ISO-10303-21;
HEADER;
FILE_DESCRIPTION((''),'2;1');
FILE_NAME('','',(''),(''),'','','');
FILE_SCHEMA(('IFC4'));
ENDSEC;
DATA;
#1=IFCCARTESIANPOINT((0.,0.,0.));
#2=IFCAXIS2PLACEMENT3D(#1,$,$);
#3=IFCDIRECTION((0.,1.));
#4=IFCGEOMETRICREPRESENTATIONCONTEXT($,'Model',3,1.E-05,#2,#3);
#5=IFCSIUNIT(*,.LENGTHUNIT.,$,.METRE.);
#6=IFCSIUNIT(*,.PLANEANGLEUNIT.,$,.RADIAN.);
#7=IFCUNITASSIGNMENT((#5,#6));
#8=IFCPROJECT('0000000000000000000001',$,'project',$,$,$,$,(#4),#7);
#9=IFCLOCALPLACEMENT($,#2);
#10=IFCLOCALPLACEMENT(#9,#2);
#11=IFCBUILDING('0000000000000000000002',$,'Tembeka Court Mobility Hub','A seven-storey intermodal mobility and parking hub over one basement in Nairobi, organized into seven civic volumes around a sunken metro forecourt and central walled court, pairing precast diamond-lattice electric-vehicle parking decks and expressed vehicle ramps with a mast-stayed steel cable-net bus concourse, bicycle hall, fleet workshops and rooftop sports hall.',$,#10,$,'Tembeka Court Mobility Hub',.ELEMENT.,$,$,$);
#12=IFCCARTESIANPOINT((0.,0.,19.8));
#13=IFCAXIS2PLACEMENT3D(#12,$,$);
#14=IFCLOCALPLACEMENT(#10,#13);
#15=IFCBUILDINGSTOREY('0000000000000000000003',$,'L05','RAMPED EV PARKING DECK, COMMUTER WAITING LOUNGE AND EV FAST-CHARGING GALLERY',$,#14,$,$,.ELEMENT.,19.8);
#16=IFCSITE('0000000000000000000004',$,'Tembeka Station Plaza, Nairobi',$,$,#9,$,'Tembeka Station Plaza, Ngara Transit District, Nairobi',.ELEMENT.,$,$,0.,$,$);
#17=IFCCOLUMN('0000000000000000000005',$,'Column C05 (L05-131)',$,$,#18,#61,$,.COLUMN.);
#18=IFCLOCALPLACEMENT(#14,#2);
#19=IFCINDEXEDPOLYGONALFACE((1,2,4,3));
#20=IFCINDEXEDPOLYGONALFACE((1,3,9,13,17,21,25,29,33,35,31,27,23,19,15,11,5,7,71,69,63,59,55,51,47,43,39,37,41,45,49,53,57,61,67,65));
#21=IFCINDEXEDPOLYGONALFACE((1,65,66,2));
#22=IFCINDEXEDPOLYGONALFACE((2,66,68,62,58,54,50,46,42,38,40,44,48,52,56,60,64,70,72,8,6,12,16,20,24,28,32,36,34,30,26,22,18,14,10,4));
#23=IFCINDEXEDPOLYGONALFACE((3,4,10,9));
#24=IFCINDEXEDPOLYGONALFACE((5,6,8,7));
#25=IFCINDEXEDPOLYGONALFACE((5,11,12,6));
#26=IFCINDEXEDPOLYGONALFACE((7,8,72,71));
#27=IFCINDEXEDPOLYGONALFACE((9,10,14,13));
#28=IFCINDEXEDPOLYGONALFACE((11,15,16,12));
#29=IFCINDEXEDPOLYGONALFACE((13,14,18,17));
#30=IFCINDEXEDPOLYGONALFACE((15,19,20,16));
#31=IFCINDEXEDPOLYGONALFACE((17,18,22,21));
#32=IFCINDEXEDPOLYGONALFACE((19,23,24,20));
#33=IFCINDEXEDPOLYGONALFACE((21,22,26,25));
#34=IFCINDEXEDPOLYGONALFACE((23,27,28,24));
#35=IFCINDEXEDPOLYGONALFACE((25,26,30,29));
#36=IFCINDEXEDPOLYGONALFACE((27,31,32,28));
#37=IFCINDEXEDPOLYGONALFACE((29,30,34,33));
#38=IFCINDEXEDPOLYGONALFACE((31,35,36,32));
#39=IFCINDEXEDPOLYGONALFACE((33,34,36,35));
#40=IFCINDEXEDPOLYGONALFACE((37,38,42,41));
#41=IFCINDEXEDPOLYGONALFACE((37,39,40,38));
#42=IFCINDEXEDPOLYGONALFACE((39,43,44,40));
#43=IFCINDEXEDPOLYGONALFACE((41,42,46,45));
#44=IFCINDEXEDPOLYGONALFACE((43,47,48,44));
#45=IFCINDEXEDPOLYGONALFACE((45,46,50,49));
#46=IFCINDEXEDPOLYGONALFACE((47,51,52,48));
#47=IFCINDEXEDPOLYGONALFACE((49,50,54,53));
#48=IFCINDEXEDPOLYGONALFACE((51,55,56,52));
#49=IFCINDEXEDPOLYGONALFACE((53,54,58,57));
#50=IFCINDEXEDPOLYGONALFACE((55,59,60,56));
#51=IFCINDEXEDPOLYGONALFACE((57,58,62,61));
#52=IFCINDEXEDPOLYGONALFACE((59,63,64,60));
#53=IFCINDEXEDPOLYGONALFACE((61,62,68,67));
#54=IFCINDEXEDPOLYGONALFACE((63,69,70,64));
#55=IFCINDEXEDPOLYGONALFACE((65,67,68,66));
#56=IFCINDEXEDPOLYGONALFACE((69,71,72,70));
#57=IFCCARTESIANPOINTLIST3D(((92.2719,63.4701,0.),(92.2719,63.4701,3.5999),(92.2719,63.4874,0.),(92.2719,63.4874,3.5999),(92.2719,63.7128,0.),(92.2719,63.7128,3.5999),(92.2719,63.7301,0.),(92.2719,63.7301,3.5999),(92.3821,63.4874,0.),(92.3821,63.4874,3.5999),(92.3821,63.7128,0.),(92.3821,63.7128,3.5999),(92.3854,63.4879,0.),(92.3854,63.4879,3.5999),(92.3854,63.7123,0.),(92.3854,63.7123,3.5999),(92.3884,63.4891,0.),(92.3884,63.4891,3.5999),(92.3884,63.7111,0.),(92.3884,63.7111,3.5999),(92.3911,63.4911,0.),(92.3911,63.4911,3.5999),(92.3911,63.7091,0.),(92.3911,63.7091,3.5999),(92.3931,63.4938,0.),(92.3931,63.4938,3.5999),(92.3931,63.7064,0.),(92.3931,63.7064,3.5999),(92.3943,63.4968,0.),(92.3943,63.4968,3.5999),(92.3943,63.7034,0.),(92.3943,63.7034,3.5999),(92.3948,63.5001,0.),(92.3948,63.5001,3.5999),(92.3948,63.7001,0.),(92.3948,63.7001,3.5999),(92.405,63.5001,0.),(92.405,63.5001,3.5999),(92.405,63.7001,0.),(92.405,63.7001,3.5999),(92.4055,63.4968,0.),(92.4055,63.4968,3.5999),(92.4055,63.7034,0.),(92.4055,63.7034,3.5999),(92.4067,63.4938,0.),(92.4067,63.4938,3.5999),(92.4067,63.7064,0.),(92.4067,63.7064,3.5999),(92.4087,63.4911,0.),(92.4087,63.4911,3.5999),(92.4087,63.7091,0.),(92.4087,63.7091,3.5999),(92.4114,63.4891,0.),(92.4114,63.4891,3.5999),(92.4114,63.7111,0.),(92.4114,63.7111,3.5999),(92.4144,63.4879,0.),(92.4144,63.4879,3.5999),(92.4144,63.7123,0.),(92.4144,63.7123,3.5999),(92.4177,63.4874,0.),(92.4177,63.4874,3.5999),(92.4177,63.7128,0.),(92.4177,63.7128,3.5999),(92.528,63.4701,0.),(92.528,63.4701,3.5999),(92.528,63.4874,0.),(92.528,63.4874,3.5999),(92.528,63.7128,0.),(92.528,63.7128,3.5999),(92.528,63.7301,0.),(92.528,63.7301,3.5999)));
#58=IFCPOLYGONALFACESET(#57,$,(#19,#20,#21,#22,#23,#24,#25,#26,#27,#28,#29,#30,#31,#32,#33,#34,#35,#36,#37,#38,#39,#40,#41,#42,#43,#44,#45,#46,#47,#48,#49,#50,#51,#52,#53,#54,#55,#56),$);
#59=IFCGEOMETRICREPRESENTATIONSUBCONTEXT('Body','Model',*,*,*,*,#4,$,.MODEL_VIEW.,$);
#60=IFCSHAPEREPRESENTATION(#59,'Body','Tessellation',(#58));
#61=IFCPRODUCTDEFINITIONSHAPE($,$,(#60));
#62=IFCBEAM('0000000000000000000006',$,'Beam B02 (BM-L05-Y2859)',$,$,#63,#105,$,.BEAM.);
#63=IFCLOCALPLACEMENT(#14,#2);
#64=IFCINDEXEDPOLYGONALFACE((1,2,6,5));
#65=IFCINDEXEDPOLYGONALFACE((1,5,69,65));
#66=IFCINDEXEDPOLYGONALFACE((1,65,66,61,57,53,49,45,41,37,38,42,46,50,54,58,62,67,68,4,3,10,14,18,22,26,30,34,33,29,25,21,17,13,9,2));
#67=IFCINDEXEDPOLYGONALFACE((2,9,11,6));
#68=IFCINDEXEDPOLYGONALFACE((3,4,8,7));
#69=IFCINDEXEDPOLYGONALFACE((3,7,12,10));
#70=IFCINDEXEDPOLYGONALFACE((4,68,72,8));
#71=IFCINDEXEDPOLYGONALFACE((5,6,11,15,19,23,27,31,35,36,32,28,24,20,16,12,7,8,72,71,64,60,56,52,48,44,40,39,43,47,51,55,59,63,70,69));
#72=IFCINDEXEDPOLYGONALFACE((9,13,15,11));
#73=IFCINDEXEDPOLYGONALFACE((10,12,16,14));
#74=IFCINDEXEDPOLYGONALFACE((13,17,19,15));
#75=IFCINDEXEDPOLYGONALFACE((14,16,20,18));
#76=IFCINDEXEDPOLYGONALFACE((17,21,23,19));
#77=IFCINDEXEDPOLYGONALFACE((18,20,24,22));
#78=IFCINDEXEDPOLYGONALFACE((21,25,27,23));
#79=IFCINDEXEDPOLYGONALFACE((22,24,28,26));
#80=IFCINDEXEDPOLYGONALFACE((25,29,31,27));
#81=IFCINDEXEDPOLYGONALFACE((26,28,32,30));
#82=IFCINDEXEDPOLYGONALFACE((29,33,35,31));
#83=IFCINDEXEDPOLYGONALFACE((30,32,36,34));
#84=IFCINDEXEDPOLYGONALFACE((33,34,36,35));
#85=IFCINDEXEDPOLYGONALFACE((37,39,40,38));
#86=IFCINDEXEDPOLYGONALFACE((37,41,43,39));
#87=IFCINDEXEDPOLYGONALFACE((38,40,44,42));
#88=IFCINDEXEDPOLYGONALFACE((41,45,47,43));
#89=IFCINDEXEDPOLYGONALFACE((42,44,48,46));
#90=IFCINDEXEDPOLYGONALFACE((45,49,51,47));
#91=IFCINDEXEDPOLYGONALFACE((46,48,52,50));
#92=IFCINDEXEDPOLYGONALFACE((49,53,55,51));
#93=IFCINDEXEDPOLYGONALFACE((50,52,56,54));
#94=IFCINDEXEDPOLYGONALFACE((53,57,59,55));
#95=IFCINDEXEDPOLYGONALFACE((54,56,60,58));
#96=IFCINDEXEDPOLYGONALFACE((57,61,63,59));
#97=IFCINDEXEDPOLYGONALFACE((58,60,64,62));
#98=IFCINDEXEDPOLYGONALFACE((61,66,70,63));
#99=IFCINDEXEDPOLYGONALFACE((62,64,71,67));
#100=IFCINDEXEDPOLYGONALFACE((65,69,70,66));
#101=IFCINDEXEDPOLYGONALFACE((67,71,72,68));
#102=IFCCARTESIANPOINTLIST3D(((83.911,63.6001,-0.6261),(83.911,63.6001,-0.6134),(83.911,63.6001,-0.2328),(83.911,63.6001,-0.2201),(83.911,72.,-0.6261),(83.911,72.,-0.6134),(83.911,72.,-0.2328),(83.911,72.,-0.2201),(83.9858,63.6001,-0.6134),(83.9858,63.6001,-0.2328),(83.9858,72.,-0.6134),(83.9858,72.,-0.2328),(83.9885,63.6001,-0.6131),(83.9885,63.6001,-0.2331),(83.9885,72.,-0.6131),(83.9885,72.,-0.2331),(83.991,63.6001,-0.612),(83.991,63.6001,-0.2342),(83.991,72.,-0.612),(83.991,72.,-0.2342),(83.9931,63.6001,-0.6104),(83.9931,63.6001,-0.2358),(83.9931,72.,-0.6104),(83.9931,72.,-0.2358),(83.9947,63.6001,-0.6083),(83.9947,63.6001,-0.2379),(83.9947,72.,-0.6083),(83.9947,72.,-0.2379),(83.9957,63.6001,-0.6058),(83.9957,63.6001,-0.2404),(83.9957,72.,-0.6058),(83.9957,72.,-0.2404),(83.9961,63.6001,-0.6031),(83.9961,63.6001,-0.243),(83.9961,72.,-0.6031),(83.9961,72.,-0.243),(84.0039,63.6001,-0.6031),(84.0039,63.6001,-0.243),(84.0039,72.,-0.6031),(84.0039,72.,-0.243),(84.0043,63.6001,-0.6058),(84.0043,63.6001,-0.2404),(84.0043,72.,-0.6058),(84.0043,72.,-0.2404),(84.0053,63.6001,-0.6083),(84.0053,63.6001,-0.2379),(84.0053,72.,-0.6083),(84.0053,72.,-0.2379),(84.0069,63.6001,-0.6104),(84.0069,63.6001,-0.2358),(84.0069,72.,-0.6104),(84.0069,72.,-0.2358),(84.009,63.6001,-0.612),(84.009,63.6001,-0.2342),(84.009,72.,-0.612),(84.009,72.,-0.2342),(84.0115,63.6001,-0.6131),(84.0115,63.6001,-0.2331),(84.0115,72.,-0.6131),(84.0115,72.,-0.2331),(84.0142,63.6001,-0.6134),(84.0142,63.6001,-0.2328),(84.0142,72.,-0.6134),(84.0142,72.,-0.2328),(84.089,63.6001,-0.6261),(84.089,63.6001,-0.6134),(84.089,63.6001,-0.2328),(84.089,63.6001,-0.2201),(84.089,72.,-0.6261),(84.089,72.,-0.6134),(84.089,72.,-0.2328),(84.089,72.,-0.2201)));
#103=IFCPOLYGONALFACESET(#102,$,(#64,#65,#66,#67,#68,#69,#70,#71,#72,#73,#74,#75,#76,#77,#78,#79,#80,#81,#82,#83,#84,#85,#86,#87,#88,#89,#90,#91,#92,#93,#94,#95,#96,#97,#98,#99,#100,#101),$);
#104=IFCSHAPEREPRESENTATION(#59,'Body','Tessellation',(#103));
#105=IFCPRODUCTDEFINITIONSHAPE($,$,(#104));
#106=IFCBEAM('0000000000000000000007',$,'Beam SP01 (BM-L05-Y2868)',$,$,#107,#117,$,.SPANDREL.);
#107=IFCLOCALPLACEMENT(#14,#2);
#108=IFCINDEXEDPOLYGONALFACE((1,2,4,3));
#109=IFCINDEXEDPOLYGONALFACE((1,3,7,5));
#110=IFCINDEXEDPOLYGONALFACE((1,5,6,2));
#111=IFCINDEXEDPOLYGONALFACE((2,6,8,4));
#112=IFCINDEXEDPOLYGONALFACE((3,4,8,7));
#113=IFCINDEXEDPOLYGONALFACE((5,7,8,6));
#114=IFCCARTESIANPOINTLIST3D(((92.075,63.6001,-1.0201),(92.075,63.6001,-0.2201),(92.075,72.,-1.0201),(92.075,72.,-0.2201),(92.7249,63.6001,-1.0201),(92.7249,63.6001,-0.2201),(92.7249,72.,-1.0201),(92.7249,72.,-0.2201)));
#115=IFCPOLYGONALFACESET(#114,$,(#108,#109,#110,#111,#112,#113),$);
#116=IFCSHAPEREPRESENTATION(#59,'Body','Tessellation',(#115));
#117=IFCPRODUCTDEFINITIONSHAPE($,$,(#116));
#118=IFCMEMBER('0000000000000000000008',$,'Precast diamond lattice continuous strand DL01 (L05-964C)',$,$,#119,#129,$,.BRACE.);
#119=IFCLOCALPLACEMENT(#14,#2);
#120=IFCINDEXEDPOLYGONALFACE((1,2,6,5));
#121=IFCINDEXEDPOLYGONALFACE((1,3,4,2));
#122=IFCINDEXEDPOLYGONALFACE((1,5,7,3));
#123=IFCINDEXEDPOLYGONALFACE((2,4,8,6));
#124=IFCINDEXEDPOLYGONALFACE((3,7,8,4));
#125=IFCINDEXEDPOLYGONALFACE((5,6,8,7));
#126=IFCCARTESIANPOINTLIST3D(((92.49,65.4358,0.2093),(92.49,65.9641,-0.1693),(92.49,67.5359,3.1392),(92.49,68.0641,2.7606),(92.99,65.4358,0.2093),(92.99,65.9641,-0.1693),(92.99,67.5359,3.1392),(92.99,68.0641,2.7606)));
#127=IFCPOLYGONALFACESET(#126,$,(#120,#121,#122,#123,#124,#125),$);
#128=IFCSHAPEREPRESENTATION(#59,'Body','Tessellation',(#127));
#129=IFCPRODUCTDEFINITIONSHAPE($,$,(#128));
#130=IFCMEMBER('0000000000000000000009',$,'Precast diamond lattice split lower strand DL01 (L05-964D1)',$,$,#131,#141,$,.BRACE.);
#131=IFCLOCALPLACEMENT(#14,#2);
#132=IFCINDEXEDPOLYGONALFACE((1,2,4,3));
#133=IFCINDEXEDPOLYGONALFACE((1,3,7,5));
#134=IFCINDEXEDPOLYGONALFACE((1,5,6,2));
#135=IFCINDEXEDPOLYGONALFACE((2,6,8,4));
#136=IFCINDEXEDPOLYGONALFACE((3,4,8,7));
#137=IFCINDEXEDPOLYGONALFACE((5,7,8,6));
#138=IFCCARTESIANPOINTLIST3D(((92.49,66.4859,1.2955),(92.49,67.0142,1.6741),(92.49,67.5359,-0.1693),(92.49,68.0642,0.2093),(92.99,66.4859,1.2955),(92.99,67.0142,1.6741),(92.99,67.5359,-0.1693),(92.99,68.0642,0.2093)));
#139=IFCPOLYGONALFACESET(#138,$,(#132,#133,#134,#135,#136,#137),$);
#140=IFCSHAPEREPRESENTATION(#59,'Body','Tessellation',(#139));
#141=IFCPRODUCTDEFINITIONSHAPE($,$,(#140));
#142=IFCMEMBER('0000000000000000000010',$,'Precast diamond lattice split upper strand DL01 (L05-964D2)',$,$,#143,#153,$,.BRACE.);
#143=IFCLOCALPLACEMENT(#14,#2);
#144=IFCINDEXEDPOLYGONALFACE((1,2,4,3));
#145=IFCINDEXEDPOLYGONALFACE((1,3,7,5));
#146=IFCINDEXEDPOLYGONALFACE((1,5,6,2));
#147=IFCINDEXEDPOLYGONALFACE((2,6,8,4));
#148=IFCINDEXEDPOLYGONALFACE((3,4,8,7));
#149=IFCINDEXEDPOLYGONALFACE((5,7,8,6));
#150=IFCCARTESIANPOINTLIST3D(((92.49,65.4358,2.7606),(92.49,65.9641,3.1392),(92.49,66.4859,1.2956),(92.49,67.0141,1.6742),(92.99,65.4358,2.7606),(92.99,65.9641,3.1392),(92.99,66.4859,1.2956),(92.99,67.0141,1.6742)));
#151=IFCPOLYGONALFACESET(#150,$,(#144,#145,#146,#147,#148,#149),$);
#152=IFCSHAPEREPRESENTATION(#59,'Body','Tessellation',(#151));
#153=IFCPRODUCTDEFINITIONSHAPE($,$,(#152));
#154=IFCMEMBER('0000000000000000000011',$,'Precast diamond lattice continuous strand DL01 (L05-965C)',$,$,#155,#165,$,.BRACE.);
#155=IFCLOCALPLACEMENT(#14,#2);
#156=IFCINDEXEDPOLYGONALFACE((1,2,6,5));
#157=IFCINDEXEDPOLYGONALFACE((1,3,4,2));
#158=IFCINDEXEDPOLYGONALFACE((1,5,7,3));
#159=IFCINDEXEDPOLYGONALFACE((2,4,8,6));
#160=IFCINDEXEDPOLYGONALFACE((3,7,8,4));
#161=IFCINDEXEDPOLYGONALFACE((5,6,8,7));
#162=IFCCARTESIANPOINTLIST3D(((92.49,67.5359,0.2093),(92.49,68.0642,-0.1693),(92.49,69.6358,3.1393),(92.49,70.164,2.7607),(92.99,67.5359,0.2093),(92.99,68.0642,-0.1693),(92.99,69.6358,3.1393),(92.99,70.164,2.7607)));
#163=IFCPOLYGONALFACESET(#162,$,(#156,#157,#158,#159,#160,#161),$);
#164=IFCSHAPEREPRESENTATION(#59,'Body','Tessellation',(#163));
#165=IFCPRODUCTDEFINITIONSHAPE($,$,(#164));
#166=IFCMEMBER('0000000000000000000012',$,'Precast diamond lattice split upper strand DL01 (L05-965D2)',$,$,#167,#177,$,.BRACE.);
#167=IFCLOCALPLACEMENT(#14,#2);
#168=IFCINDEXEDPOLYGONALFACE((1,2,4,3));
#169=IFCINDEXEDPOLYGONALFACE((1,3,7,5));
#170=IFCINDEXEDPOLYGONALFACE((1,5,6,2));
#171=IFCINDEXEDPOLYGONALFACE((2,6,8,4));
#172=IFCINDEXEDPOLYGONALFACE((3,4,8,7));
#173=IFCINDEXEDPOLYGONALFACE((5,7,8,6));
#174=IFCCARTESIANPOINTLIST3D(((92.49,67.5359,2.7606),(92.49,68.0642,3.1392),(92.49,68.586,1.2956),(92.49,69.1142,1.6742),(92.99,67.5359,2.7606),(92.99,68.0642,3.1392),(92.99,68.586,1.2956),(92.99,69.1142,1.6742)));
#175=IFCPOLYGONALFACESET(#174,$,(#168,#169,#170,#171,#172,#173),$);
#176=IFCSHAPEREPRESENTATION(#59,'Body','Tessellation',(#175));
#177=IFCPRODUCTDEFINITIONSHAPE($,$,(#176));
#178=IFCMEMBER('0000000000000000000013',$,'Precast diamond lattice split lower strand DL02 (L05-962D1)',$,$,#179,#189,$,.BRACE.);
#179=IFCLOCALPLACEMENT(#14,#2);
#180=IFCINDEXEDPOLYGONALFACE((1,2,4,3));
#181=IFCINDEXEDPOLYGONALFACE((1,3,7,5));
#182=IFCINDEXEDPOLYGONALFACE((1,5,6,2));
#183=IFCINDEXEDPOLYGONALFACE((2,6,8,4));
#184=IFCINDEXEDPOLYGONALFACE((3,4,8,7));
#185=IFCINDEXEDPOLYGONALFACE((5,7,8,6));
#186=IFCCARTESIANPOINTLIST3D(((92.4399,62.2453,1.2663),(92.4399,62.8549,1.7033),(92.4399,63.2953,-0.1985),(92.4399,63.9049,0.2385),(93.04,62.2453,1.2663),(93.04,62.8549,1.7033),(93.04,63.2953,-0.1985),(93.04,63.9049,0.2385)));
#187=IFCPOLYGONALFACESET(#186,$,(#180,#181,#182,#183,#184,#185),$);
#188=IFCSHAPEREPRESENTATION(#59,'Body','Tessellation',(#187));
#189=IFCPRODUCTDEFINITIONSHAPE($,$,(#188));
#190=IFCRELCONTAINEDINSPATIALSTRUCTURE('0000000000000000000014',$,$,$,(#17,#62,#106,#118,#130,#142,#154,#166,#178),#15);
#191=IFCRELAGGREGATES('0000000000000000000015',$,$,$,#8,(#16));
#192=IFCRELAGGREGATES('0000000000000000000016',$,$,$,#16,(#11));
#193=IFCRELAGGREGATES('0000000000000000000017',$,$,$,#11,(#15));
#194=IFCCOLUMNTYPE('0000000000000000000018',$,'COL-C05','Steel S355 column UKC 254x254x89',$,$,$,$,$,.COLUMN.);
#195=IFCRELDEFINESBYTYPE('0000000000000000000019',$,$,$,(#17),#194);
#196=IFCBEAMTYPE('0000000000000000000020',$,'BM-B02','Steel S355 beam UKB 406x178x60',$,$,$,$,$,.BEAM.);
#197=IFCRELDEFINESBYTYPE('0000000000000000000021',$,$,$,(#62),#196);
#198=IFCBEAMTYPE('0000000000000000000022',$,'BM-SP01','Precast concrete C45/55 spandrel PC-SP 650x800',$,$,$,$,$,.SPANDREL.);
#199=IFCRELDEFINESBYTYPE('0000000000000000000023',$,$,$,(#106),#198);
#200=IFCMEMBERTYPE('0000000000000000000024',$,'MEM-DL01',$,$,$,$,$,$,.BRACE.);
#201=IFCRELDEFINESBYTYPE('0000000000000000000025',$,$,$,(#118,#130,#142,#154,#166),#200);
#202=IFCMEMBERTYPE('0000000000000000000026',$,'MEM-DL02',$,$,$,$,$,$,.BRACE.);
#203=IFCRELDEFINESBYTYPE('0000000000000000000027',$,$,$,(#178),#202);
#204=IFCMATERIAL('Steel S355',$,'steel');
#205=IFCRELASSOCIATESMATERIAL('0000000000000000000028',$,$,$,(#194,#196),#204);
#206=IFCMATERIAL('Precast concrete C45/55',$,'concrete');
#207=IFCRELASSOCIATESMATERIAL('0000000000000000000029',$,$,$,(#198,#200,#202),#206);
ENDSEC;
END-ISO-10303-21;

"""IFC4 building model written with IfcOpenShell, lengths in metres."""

from ifc_helpers import new_model, si_unit, direction, frame, origin, origin_2d, place, context, subcontext, project, spatial, rectangle, i_section, extrude, material, material_profile, profile_set, type_object, element, save


model = new_model("IFC4")

# Units and contexts
model_context = context("Model", 3, precision=1e-05, world=origin(), true_north=direction((0.0, 1.0)))
body_context = subcontext(model_context, "Body", "Model", "MODEL_VIEW")
ifc_project = project(units=[si_unit("LENGTHUNIT", "METRE"), si_unit("PLANEANGLEUNIT", "RADIAN")], contexts=[model_context])

# Site, building, storey
site_placement = place(None, origin())
site = spatial("IfcSite", under=ifc_project, at=site_placement, Name="Tembeka Station Plaza, Nairobi", LongName="Tembeka Station Plaza, Ngara Transit District, Nairobi", CompositionType="ELEMENT", RefElevation=0.0)
building_placement = place(site_placement, origin())
building = spatial("IfcBuilding", under=site, at=building_placement, Name="Tembeka Court Mobility Hub", Description="A seven-storey intermodal mobility and parking hub over one basement in Nairobi, organized into seven civic volumes around a sunken metro forecourt and central walled court, pairing precast diamond-lattice electric-vehicle parking decks and expressed vehicle ramps with a mast-stayed steel cable-net bus concourse, bicycle hall, fleet workshops and rooftop sports hall.", LongName="Tembeka Court Mobility Hub", CompositionType="ELEMENT")
storey_placement = place(building_placement, frame((0.0, 0.0, 19.8)))
storey = spatial("IfcBuildingStorey", under=building, at=storey_placement, Name="L05", Description="RAMPED EV PARKING DECK, COMMUTER WAITING LOUNGE AND EV FAST-CHARGING GALLERY", CompositionType="ELEMENT", Elevation=19.8)

# Column
ifc_material_1 = material(Name="Steel S355", Category="steel")
ifc_material_profile_1 = material_profile(ifc_material_1, i_section(OverallWidth=0.2561, OverallDepth=0.26, WebThickness=0.0103, FlangeThickness=0.0173, FilletRadius=0.0127, at=origin_2d()), Name="UKC 254x254x89")
ifc_profile_set_1 = profile_set([ifc_material_profile_1], Name="Steel S355")
column_type = type_object("IfcColumnType", Name="COL-C05", Description="Steel S355 column UKC 254x254x89", PredefinedType="COLUMN", material=ifc_profile_set_1)
column_placement = place(storey_placement, frame((92.3999, 63.6001, 0.0), z_axis=(0.0, 0.0, 1.0), x_axis=(1.0, 0.0, 0.0)))
element("IfcColumn", 1, at=column_placement, inside=storey, type_object=column_type, Name="Column C05 (L05-131)", PredefinedType="COLUMN", context=body_context, shape_type="SweptSolid", body=[
    extrude(i_section(OverallWidth=0.2561, OverallDepth=0.26, WebThickness=0.0103, FlangeThickness=0.0173, FilletRadius=0.0127, at=origin_2d()), origin(), (0.0, 0.0, 1.0), 3.5999),
])

# Beams
ifc_material_profile_2 = material_profile(ifc_material_1, i_section(OverallWidth=0.178, OverallDepth=0.406, WebThickness=0.0078, FlangeThickness=0.0127, FilletRadius=0.0103, at=origin_2d()), Name="UKB 406x178x60")
ifc_profile_set_2 = profile_set([ifc_material_profile_2], Name="Steel S355")
beam_type_1 = type_object("IfcBeamType", Name="BM-B02", Description="Steel S355 beam UKB 406x178x60", PredefinedType="BEAM", material=ifc_profile_set_2)
beam_1_placement = place(storey_placement, frame((84.0, 63.6001, -0.4231), z_axis=(0.0, 1.0, 0.0), x_axis=(-1.0, 0.0, 0.0)))
element("IfcBeam", 2, at=beam_1_placement, inside=storey, type_object=beam_type_1, Name="Beam B02 (BM-L05-Y2859)", PredefinedType="BEAM", context=body_context, shape_type="SweptSolid", body=[
    extrude(i_section(OverallWidth=0.178, OverallDepth=0.406, WebThickness=0.0078, FlangeThickness=0.0127, FilletRadius=0.0103, at=origin_2d()), origin(), (0.0, 0.0, 1.0), 8.3999),
])
ifc_material_2 = material(Name="Precast concrete C45/55", Category="concrete")
ifc_material_profile_3 = material_profile(ifc_material_2, rectangle(XDim=0.6499, YDim=0.8, at=origin_2d()), Name="PC-SP 650x800")
ifc_profile_set_3 = profile_set([ifc_material_profile_3], Name="Precast concrete C45/55")
beam_type_2 = type_object("IfcBeamType", Name="BM-SP01", Description="Precast concrete C45/55 spandrel PC-SP 650x800", PredefinedType="SPANDREL", material=ifc_profile_set_3)
beam_2_placement = place(storey_placement, frame((92.3999, 63.6001, -0.6201), z_axis=(0.0, 1.0, 0.0), x_axis=(-1.0, 0.0, 0.0)))
element("IfcBeam", 3, at=beam_2_placement, inside=storey, type_object=beam_type_2, Name="Beam SP01 (BM-L05-Y2868)", PredefinedType="SPANDREL", context=body_context, shape_type="SweptSolid", body=[
    extrude(rectangle(XDim=0.6499, YDim=0.8, at=origin_2d()), origin(), (0.0, 0.0, 1.0), 8.3999),
])

# Members
ifc_material_profile_4 = material_profile(ifc_material_2, rectangle(XDim=0.5, YDim=0.6499, at=origin_2d()), Name="PC-DIAG 500x650")
ifc_profile_set_4 = profile_set([ifc_material_profile_4], Name="Precast concrete C45/55")
member_type_1 = type_object("IfcMemberType", Name="MEM-DL01", PredefinedType="BRACE", material=ifc_profile_set_4)
member_1_placement = place(storey_placement, frame((92.74, 65.7, 0.02), z_axis=(0.0, 0.582576, 0.812776), x_axis=(-1.0, 0.0, 0.0)))
element("IfcMember", 4, at=member_1_placement, inside=storey, type_object=member_type_1, Name="Precast diamond lattice continuous strand DL01 (L05-964C)", PredefinedType="BRACE", context=body_context, shape_type="SweptSolid", body=[
    extrude(rectangle(XDim=0.5, YDim=0.6499, at=origin_2d()), origin(), (0.0, 0.0, 1.0), 3.6047),
])
member_2_placement = place(storey_placement, frame((92.74, 67.8, 0.02), z_axis=(0.0, -0.582608, 0.812753), x_axis=(1.0, 0.0, 0.0)))
element("IfcMember", 5, at=member_2_placement, inside=storey, type_object=member_type_1, Name="Precast diamond lattice split lower strand DL01 (L05-964D1)", PredefinedType="BRACE", context=body_context, shape_type="SweptSolid", body=[
    extrude(rectangle(XDim=0.5, YDim=0.6499, at=origin_2d()), origin(), (0.0, 0.0, 1.0), 1.8022),
])
member_3_placement = place(storey_placement, frame((92.74, 66.75, 1.4849), z_axis=(0.0, -0.582544, 0.812799), x_axis=(1.0, 0.0, 0.0)))
element("IfcMember", 6, at=member_3_placement, inside=storey, type_object=member_type_1, Name="Precast diamond lattice split upper strand DL01 (L05-964D2)", PredefinedType="BRACE", context=body_context, shape_type="SweptSolid", body=[
    extrude(rectangle(XDim=0.5, YDim=0.6499, at=origin_2d()), origin(), (0.0, 0.0, 1.0), 1.8025),
])
member_4_placement = place(storey_placement, frame((92.74, 67.8, 0.02), z_axis=(0.0, 0.582532, 0.812808), x_axis=(-1.0, 0.0, 0.0)))
element("IfcMember", 7, at=member_4_placement, inside=storey, type_object=member_type_1, Name="Precast diamond lattice continuous strand DL01 (L05-965C)", PredefinedType="BRACE", context=body_context, shape_type="SweptSolid", body=[
    extrude(rectangle(XDim=0.5, YDim=0.6499, at=origin_2d()), origin(), (0.0, 0.0, 1.0), 3.6047),
])
member_5_placement = place(storey_placement, frame((92.74, 68.8501, 1.4849), z_axis=(0.0, -0.582544, 0.812799), x_axis=(1.0, 0.0, 0.0)))
element("IfcMember", 8, at=member_5_placement, inside=storey, type_object=member_type_1, Name="Precast diamond lattice split upper strand DL01 (L05-965D2)", PredefinedType="BRACE", context=body_context, shape_type="SweptSolid", body=[
    extrude(rectangle(XDim=0.5, YDim=0.6499, at=origin_2d()), origin(), (0.0, 0.0, 1.0), 1.8025),
])
ifc_material_profile_5 = material_profile(ifc_material_2, rectangle(XDim=0.6001, YDim=0.75, at=origin_2d()), Name="PC-DIAG 600x750")
ifc_profile_set_5 = profile_set([ifc_material_profile_5], Name="Precast concrete C45/55")
member_type_2 = type_object("IfcMemberType", Name="MEM-DL02", PredefinedType="BRACE", material=ifc_profile_set_5)
member_6_placement = place(storey_placement, frame((92.74, 63.6001, 0.02), z_axis=(0.0, -0.582608, 0.812753), x_axis=(1.0, 0.0, 0.0)))
element("IfcMember", 9, at=member_6_placement, inside=storey, type_object=member_type_2, Name="Precast diamond lattice split lower strand DL02 (L05-962D1)", PredefinedType="BRACE", context=body_context, shape_type="SweptSolid", body=[
    extrude(rectangle(XDim=0.6001, YDim=0.75, at=origin_2d()), origin(), (0.0, 0.0, 1.0), 1.8022),
])

save(model, "model.ifc")
